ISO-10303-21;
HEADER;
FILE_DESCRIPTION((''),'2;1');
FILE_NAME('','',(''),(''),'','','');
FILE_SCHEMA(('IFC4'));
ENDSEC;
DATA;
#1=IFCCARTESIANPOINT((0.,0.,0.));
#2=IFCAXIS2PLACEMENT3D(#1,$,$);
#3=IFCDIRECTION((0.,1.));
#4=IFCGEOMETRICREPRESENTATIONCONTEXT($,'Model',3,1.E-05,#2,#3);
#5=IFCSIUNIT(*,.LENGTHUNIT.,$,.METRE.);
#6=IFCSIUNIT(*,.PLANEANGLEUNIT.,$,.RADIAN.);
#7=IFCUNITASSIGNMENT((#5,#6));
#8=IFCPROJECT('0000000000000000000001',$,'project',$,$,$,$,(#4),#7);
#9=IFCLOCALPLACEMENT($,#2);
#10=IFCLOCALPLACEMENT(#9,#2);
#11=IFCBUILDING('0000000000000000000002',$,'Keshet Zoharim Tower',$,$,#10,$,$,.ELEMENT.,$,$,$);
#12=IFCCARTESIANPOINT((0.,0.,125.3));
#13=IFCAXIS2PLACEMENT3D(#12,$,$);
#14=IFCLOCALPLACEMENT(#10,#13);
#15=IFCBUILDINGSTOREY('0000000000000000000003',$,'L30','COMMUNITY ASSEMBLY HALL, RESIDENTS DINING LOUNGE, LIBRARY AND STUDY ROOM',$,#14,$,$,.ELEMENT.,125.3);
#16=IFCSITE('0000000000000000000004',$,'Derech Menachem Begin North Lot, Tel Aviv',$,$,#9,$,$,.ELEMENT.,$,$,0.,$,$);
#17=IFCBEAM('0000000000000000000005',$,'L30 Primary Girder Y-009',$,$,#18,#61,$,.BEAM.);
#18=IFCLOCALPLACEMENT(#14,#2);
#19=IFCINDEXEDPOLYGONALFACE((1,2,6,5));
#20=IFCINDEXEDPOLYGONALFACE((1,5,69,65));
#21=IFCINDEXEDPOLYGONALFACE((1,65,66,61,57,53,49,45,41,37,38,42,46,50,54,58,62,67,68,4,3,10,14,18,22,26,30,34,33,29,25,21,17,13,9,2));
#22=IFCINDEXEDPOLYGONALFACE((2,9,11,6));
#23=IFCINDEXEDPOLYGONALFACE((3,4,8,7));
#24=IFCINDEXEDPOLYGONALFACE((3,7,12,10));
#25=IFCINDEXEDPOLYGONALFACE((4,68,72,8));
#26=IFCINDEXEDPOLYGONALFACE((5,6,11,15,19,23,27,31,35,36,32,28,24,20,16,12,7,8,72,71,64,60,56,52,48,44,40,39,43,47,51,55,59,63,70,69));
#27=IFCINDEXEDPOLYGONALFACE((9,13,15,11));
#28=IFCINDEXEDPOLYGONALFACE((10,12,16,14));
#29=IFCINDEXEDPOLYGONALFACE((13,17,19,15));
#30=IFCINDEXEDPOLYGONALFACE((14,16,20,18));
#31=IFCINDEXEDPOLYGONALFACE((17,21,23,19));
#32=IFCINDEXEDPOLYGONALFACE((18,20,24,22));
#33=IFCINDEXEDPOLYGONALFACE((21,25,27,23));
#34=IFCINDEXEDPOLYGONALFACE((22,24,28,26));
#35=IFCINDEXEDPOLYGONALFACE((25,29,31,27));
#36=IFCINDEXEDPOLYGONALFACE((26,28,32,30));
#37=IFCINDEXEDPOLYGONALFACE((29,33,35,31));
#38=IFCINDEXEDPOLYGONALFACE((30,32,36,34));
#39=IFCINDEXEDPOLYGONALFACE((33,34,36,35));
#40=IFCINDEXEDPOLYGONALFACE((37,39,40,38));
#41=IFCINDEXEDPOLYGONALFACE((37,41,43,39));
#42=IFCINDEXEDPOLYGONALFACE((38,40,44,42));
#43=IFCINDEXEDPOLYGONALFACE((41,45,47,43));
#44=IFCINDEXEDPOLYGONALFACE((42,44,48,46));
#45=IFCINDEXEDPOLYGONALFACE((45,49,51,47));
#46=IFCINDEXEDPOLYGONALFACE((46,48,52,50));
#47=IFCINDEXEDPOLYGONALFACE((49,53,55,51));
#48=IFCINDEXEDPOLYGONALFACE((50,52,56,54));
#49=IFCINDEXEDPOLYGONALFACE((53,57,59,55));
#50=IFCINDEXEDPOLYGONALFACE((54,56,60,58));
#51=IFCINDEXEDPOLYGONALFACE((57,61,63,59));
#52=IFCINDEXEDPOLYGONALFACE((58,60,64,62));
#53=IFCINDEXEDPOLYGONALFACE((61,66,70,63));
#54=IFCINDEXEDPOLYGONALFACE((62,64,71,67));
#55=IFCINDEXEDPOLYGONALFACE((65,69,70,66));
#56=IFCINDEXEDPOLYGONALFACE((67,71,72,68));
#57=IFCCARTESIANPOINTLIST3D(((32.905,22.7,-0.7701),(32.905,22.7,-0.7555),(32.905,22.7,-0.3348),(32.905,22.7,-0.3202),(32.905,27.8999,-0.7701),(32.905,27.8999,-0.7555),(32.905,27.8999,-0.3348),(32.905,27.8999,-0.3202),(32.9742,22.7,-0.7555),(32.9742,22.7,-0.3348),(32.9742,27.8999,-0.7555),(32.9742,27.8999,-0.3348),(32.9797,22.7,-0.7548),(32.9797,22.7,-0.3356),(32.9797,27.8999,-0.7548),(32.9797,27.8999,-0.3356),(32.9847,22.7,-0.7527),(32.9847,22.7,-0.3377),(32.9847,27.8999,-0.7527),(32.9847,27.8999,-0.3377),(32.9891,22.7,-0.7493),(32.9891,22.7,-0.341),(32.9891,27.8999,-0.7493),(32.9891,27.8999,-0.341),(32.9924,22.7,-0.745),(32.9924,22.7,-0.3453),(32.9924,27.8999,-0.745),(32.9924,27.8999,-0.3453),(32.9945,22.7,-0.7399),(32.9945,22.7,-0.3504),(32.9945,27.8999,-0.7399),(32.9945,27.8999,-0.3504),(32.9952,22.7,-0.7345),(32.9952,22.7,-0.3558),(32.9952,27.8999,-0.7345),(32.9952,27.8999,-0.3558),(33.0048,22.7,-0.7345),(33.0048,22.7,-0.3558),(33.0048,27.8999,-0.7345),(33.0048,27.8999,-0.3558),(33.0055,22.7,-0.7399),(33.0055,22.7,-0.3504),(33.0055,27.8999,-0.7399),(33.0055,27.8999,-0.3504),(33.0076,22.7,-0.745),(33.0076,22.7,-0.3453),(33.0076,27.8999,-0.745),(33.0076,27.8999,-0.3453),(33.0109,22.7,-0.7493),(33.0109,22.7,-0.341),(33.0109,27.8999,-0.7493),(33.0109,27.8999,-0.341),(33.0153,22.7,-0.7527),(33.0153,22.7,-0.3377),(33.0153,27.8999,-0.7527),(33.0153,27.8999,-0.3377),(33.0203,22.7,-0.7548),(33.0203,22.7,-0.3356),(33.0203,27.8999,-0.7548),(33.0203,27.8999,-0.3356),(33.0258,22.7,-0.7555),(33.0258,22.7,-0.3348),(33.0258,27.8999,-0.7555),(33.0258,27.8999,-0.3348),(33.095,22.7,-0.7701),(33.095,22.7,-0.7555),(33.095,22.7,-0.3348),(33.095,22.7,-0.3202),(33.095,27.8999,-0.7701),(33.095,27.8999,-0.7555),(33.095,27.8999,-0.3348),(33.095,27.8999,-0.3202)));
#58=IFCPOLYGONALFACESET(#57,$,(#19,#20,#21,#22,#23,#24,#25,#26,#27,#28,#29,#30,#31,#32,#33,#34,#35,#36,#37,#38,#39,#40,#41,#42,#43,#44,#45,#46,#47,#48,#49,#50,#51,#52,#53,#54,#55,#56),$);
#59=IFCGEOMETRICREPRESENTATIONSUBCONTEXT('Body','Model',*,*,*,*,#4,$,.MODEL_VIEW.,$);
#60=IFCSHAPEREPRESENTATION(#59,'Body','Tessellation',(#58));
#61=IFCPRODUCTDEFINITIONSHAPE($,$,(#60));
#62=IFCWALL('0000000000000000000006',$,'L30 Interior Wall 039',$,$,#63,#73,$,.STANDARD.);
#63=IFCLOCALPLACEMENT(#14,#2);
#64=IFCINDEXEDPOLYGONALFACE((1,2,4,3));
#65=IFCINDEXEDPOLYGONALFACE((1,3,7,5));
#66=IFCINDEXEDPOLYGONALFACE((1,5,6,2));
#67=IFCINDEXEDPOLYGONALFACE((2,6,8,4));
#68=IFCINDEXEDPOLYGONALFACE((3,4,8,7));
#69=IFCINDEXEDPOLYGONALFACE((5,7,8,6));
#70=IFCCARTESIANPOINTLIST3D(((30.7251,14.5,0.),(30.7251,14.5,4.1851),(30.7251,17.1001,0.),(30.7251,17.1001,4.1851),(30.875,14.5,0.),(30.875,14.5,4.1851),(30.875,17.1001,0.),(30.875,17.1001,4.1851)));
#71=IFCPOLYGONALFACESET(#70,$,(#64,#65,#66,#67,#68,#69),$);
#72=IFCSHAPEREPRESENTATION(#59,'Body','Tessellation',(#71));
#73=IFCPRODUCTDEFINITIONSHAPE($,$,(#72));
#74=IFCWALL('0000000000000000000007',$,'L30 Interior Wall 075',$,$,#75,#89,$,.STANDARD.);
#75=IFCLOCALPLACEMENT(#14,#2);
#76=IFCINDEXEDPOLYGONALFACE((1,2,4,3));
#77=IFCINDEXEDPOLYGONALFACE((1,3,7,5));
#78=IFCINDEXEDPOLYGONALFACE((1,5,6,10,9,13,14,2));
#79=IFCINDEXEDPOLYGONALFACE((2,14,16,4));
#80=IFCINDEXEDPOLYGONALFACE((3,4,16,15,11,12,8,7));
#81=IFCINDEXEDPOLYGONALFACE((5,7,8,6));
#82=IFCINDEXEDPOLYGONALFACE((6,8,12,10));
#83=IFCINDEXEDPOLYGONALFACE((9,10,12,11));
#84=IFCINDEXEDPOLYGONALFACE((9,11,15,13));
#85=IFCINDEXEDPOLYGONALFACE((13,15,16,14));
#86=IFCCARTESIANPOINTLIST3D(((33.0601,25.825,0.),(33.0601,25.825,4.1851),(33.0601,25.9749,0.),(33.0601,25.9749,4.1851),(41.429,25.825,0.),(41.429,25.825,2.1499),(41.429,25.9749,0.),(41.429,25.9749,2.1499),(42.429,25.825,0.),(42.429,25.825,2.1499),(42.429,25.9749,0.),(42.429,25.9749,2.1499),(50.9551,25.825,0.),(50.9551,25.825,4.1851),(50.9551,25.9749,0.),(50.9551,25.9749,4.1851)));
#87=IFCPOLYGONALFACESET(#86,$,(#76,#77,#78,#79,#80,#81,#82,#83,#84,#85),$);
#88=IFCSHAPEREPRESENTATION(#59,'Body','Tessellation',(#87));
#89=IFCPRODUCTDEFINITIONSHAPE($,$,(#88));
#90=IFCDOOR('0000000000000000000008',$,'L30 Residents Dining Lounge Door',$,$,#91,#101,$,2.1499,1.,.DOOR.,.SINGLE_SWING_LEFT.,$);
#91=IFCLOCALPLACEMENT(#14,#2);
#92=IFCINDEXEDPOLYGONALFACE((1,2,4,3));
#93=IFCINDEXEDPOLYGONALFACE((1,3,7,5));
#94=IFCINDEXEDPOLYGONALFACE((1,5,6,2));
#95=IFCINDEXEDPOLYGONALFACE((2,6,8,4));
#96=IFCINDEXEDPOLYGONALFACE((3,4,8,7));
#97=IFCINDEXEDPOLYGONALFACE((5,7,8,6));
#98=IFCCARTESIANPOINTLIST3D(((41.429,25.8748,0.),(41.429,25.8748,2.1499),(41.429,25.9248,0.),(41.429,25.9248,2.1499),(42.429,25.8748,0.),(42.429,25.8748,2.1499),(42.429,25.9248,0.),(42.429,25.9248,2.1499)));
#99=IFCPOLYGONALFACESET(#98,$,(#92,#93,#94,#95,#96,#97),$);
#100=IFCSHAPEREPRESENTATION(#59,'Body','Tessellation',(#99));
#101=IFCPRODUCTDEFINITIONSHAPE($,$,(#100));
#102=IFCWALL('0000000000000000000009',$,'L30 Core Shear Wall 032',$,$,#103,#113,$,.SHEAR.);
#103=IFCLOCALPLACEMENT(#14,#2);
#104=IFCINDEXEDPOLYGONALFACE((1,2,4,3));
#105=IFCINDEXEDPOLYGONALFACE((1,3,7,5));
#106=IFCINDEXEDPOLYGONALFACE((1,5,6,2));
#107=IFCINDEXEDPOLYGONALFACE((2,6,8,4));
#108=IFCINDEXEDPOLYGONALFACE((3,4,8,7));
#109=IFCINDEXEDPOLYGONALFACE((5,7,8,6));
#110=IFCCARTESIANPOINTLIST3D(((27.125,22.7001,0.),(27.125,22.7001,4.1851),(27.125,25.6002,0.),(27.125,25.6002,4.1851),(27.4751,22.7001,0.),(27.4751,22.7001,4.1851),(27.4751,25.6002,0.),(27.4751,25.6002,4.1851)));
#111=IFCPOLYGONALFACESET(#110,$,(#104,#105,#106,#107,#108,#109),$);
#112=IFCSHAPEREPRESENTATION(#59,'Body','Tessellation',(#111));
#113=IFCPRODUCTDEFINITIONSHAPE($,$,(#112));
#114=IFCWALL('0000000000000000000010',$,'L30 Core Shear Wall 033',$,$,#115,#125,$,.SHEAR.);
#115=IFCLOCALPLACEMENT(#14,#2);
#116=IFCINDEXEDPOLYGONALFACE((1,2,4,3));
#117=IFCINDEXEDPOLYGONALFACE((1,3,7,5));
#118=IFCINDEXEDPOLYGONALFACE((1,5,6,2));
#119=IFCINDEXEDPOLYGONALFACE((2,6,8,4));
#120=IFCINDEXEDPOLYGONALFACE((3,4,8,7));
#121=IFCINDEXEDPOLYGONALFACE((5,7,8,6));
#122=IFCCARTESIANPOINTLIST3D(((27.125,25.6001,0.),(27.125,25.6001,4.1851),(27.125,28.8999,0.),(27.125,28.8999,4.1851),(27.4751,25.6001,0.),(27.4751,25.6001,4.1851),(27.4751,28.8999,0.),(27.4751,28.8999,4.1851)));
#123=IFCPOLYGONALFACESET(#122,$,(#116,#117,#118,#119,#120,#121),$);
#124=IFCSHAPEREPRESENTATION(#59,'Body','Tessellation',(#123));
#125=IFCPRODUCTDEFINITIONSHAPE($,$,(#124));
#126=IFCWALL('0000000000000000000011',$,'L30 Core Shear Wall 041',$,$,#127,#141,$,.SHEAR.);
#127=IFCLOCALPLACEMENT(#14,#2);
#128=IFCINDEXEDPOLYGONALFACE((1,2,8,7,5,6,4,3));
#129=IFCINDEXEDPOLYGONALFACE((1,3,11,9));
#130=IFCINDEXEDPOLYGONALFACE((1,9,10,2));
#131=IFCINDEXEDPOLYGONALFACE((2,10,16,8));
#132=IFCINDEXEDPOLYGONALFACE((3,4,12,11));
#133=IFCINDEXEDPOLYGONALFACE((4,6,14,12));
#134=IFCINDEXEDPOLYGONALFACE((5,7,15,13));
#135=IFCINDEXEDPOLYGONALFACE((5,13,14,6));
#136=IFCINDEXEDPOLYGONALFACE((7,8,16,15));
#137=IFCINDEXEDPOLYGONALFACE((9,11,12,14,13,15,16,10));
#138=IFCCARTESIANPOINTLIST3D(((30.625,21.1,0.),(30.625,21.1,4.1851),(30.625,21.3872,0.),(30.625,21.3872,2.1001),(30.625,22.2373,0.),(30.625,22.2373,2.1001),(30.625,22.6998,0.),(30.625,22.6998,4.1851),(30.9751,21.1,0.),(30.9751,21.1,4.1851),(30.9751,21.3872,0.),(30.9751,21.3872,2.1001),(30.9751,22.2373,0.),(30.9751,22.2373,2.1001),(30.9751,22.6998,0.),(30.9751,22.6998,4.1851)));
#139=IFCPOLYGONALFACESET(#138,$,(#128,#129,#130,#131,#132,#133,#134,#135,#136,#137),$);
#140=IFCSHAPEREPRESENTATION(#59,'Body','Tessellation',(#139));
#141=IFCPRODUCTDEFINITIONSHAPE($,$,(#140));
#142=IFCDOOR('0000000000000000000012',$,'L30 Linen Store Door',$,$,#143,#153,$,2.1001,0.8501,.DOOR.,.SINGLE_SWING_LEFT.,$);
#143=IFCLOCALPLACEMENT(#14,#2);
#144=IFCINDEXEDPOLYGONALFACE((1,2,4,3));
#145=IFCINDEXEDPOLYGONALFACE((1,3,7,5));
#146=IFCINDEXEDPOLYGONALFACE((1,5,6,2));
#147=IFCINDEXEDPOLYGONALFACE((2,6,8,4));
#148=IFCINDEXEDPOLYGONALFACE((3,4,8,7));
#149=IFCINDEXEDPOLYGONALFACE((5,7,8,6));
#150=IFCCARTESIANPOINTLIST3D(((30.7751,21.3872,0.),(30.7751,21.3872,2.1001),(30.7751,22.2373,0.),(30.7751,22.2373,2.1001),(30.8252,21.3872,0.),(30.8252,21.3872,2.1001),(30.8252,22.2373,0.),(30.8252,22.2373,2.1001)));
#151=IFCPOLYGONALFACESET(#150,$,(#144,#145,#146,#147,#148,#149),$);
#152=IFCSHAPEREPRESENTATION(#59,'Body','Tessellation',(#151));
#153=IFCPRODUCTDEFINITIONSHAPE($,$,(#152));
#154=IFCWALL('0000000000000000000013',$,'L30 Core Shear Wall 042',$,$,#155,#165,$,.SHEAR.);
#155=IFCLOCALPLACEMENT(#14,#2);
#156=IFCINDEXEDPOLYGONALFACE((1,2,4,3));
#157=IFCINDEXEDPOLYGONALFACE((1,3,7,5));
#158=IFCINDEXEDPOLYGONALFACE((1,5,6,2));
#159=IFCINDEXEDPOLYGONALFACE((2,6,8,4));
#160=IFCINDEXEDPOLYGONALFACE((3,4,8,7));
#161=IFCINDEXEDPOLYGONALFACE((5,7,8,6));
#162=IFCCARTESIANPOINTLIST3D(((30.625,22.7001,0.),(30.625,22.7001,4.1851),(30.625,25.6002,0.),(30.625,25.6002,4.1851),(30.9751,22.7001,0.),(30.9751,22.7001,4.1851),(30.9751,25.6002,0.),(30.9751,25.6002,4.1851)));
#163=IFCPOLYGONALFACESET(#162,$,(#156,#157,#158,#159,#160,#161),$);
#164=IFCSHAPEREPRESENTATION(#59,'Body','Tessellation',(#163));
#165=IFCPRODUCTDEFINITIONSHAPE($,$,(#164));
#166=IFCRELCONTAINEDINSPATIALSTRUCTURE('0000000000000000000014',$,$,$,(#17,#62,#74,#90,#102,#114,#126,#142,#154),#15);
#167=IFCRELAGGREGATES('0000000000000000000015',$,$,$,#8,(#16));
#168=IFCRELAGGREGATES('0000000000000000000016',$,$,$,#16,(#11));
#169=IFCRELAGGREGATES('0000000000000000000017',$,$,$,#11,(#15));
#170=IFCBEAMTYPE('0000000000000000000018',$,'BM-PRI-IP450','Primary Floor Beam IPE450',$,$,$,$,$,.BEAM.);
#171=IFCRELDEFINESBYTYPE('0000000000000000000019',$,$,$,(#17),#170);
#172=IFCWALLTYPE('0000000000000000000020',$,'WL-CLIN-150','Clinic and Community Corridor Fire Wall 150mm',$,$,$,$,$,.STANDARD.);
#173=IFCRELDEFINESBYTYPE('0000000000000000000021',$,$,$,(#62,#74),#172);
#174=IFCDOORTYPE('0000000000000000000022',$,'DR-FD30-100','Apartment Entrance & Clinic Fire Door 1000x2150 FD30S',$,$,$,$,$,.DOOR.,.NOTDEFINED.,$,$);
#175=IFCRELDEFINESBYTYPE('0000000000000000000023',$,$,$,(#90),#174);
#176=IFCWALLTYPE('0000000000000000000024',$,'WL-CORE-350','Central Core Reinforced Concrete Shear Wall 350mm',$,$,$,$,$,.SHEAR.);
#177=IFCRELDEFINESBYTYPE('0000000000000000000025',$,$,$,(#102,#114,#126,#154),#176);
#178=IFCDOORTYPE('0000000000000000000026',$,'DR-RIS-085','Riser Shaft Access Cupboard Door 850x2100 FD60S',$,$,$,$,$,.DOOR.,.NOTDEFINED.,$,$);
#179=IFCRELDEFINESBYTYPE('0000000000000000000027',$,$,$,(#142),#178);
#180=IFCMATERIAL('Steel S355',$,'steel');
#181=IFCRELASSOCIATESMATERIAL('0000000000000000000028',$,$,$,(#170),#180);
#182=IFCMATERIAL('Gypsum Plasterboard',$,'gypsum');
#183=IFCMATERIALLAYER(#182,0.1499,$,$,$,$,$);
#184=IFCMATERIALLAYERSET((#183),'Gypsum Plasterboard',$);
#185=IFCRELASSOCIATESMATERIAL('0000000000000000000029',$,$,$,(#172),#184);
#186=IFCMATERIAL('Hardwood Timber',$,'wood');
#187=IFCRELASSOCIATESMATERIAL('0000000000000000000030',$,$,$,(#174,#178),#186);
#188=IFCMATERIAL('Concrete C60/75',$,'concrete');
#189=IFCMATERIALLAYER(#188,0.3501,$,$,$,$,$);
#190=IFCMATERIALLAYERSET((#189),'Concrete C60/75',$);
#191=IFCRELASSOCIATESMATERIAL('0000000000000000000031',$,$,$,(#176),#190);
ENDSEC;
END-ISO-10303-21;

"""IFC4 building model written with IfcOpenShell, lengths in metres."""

from ifc_helpers import new_model, si_unit, direction, frame, frame_2d, origin, origin_2d, place, context, subcontext, project, spatial, rectangle, i_section, extrude, material, layer, layer_set, material_profile, profile_set, type_object, element, fill, save


model = new_model("IFC4")

# Units and contexts
model_context = context("Model", 3, precision=1e-05, world=origin(), true_north=direction((0.0, 1.0)))
body_context = subcontext(model_context, "Body", "Model", "MODEL_VIEW")
ifc_project = project(units=[si_unit("LENGTHUNIT", "METRE"), si_unit("PLANEANGLEUNIT", "RADIAN")], contexts=[model_context])

# Site, building, storey
site_placement = place(None, origin())
site = spatial("IfcSite", under=ifc_project, at=site_placement, Name="Derech Menachem Begin North Lot, Tel Aviv", CompositionType="ELEMENT", RefElevation=0.0)
building_placement = place(site_placement, origin())
building = spatial("IfcBuilding", under=site, at=building_placement, Name="Keshet Zoharim Tower", CompositionType="ELEMENT")
storey_placement = place(building_placement, frame((0.0, 0.0, 125.3)))
storey = spatial("IfcBuildingStorey", under=building, at=storey_placement, Name="L30", Description="COMMUNITY ASSEMBLY HALL, RESIDENTS DINING LOUNGE, LIBRARY AND STUDY ROOM", CompositionType="ELEMENT", Elevation=125.3)

# Shared definitions
ifc_material_1 = material(Name="Concrete C60/75", Category="concrete")

# Beam
ifc_material_2 = material(Name="Steel S355", Category="steel")
ifc_material_profile_1 = material_profile(ifc_material_2, i_section(OverallWidth=0.1899, OverallDepth=0.45, WebThickness=0.0095, FlangeThickness=0.0146, FilletRadius=0.021, at=origin_2d()), Name="IPE450")
ifc_profile_set_1 = profile_set([ifc_material_profile_1], Name="Steel S355")
beam_type_1 = type_object("IfcBeamType", Name="BM-PRI-IP450", Description="Primary Floor Beam IPE450", PredefinedType="BEAM", material=ifc_profile_set_1)
beam_1_placement = place(storey_placement, frame((33.0, 22.7, -0.5452), z_axis=(0.0, 1.0, 0.0), x_axis=(-1.0, 0.0, 0.0)))
element("IfcBeam", 1, at=beam_1_placement, inside=storey, type_object=beam_type_1, Name="L30 Primary Girder Y-009", PredefinedType="BEAM", context=body_context, shape_type="SweptSolid", body=[
    extrude(i_section(OverallWidth=0.1899, OverallDepth=0.45, WebThickness=0.0095, FlangeThickness=0.0146, FilletRadius=0.021, at=origin_2d()), origin(), (0.0, 0.0, 1.0), 5.2),
])

# Wall
ifc_material_3 = material(Name="Gypsum Plasterboard", Category="gypsum")
ifc_layer_1 = layer(ifc_material_3, 0.1499)
ifc_layer_set_1 = layer_set([ifc_layer_1], Name="Gypsum Plasterboard")
wall_type_1 = type_object("IfcWallType", Name="WL-CLIN-150", Description="Clinic and Community Corridor Fire Wall 150mm", PredefinedType="STANDARD", material=ifc_layer_set_1)
wall_1_placement = place(storey_placement, frame((30.8, 14.5, 0.0), z_axis=(0.0, 0.0, 1.0), x_axis=(0.0, 1.0, 0.0)))
element("IfcWall", 2, at=wall_1_placement, inside=storey, type_object=wall_type_1, Name="L30 Interior Wall 039", PredefinedType="STANDARD", context=body_context, shape_type="SweptSolid", body=[
    extrude(rectangle(XDim=2.6001, YDim=0.1499, at=frame_2d((1.3, 0.0))), origin(), (0.0, 0.0, 1.0), 4.1851),
])

# Wall, opening, door
wall_2_placement = place(storey_placement, frame((33.0601, 25.8999, 0.0), z_axis=(0.0, 0.0, 1.0), x_axis=(1.0, 0.0, 0.0)))
wall_2 = element("IfcWall", 3, at=wall_2_placement, inside=storey, type_object=wall_type_1, Name="L30 Interior Wall 075", PredefinedType="STANDARD", context=body_context, shape_type="SweptSolid", body=[
    extrude(rectangle(XDim=17.895, YDim=0.1499, at=frame_2d((8.9475, 0.0))), origin(), (0.0, 0.0, 1.0), 4.1851),
])
opening_1_placement = place(wall_2_placement, frame((8.3689, 0.0, 0.0)))
opening_1 = element("IfcOpeningElement", 4, at=opening_1_placement, cuts=wall_2, PredefinedType="OPENING", context=body_context, shape_type="SweptSolid", body=[
    extrude(rectangle(XDim=1.0, YDim=2.1499, at=frame_2d((0.5, 1.075))), frame((0.0, 0.085, 0.0), z_axis=(0.0, -1.0, 0.0), x_axis=(1.0, 0.0, 0.0)), (0.0, 0.0, 1.0), 0.1699),
])
ifc_material_4 = material(Name="Hardwood Timber", Category="wood")
door_type_1 = type_object("IfcDoorType", Name="DR-FD30-100", Description="Apartment Entrance & Clinic Fire Door 1000x2150 FD30S", OperationType="NOTDEFINED", PredefinedType="DOOR", material=ifc_material_4)
door_1_placement = place(opening_1_placement, origin())
door_1 = element("IfcDoor", 5, at=door_1_placement, inside=storey, type_object=door_type_1, Name="L30 Residents Dining Lounge Door", OperationType="SINGLE_SWING_LEFT", OverallHeight=2.1499, OverallWidth=1.0, PredefinedType="DOOR", context=body_context, shape_type="SweptSolid", body=[
    extrude(rectangle(XDim=1.0, YDim=2.1499, at=frame_2d((0.5, 1.075))), frame((0.0, 0.0249, 0.0), z_axis=(0.0, -1.0, 0.0), x_axis=(1.0, 0.0, 0.0)), (0.0, 0.0, 1.0), 0.05),
])
fill(opening_1, door_1)

# Walls
ifc_layer_2 = layer(ifc_material_1, 0.3501)
ifc_layer_set_2 = layer_set([ifc_layer_2], Name="Concrete C60/75")
wall_type_2 = type_object("IfcWallType", Name="WL-CORE-350", Description="Central Core Reinforced Concrete Shear Wall 350mm", PredefinedType="SHEAR", material=ifc_layer_set_2)
wall_3_placement = place(storey_placement, frame((27.3, 22.7, 0.0), z_axis=(0.0, 0.0, 1.0), x_axis=(0.0, 1.0, 0.0)))
element("IfcWall", 6, at=wall_3_placement, inside=storey, type_object=wall_type_2, Name="L30 Core Shear Wall 032", PredefinedType="SHEAR", context=body_context, shape_type="SweptSolid", body=[
    extrude(rectangle(XDim=2.9001, YDim=0.3501, at=frame_2d((1.4502, 0.0))), origin(), (0.0, 0.0, 1.0), 4.1851),
])
wall_4_placement = place(storey_placement, frame((27.3, 25.6001, 0.0), z_axis=(0.0, 0.0, 1.0), x_axis=(0.0, 1.0, 0.0)))
element("IfcWall", 7, at=wall_4_placement, inside=storey, type_object=wall_type_2, Name="L30 Core Shear Wall 033", PredefinedType="SHEAR", context=body_context, shape_type="SweptSolid", body=[
    extrude(rectangle(XDim=3.2998, YDim=0.3501, at=frame_2d((1.6499, 0.0))), origin(), (0.0, 0.0, 1.0), 4.1851),
])

# Wall, opening, door
wall_5_placement = place(storey_placement, frame((30.8, 21.1001, 0.0), z_axis=(0.0, 0.0, 1.0), x_axis=(0.0, 1.0, 0.0)))
wall_5 = element("IfcWall", 8, at=wall_5_placement, inside=storey, type_object=wall_type_2, Name="L30 Core Shear Wall 041", PredefinedType="SHEAR", context=body_context, shape_type="SweptSolid", body=[
    extrude(rectangle(XDim=1.5999, YDim=0.3501, at=frame_2d((0.7998, 0.0))), origin(), (0.0, 0.0, 1.0), 4.1851),
])
opening_2_placement = place(wall_5_placement, frame((0.2871, 0.0, 0.0)))
opening_2 = element("IfcOpeningElement", 9, at=opening_2_placement, cuts=wall_5, PredefinedType="OPENING", context=body_context, shape_type="SweptSolid", body=[
    extrude(rectangle(XDim=0.8501, YDim=2.1001, at=frame_2d((0.425, 1.05))), frame((0.0, 0.1851, 0.0), z_axis=(0.0, -1.0, 0.0), x_axis=(1.0, 0.0, 0.0)), (0.0, 0.0, 1.0), 0.3701),
])
door_type_2 = type_object("IfcDoorType", Name="DR-RIS-085", Description="Riser Shaft Access Cupboard Door 850x2100 FD60S", OperationType="NOTDEFINED", PredefinedType="DOOR", material=ifc_material_4)
door_2_placement = place(opening_2_placement, origin())
door_2 = element("IfcDoor", 10, at=door_2_placement, inside=storey, type_object=door_type_2, Name="L30 Linen Store Door", OperationType="SINGLE_SWING_LEFT", OverallHeight=2.1001, OverallWidth=0.8501, PredefinedType="DOOR", context=body_context, shape_type="SweptSolid", body=[
    extrude(rectangle(XDim=0.8501, YDim=2.1001, at=frame_2d((0.425, 1.05))), frame((0.0, 0.0249, 0.0), z_axis=(0.0, -1.0, 0.0), x_axis=(1.0, 0.0, 0.0)), (0.0, 0.0, 1.0), 0.05),
])
fill(opening_2, door_2)

# Wall
wall_6_placement = place(storey_placement, frame((30.8, 22.7, 0.0), z_axis=(0.0, 0.0, 1.0), x_axis=(0.0, 1.0, 0.0)))
element("IfcWall", 11, at=wall_6_placement, inside=storey, type_object=wall_type_2, Name="L30 Core Shear Wall 042", PredefinedType="SHEAR", context=body_context, shape_type="SweptSolid", body=[
    extrude(rectangle(XDim=2.9001, YDim=0.3501, at=frame_2d((1.4502, 0.0))), origin(), (0.0, 0.0, 1.0), 4.1851),
])

save(model, "model.ifc")
